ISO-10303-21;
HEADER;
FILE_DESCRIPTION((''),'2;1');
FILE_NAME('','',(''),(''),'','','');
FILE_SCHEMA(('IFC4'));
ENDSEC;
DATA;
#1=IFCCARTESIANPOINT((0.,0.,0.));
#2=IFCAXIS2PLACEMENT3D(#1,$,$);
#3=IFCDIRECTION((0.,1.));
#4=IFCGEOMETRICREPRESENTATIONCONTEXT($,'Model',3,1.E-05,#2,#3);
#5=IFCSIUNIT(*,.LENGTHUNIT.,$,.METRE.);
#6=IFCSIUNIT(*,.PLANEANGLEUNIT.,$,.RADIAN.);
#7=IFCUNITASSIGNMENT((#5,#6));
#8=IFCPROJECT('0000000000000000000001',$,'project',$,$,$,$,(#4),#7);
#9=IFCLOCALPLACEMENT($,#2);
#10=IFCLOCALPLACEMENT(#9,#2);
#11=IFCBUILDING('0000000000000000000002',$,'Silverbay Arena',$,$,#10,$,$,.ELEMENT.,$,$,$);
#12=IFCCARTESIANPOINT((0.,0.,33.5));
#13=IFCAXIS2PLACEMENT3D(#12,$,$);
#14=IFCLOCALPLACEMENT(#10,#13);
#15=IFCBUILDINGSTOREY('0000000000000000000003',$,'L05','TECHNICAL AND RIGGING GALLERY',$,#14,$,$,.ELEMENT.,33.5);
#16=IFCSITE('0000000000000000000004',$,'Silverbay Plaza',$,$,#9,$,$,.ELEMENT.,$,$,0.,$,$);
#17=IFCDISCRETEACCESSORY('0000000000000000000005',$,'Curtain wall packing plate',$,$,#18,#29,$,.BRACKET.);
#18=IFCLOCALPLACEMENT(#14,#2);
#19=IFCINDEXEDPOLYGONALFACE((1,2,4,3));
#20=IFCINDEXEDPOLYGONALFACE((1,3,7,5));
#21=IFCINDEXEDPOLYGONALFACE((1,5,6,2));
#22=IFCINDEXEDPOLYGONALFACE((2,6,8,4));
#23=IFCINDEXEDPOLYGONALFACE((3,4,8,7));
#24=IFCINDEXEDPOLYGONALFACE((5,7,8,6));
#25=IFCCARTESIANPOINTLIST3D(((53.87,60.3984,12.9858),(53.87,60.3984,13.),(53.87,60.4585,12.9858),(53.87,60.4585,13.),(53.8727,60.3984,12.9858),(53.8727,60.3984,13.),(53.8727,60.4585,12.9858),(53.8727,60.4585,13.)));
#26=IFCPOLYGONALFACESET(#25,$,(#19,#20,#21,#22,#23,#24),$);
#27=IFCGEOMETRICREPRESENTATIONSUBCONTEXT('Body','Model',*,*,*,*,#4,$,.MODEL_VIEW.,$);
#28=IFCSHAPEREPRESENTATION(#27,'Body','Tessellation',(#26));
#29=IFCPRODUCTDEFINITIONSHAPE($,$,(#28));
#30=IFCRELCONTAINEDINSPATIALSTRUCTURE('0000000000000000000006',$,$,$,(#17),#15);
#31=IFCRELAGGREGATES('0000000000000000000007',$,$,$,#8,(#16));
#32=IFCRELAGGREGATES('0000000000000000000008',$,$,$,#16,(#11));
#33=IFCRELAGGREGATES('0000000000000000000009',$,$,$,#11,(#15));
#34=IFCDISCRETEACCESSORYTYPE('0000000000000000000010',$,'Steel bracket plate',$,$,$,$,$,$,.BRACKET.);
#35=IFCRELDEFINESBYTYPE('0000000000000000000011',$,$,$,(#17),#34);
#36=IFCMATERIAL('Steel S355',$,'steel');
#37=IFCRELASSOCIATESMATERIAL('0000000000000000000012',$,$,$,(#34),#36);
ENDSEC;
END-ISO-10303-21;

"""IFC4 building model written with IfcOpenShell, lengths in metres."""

from ifc_helpers import new_model, si_unit, direction, frame, origin, origin_2d, place, context, subcontext, project, spatial, rectangle, extrude, material, type_object, element, save


model = new_model("IFC4")

# Units and contexts
model_context = context("Model", 3, precision=1e-05, world=origin(), true_north=direction((0.0, 1.0)))
body_context = subcontext(model_context, "Body", "Model", "MODEL_VIEW")
ifc_project = project(units=[si_unit("LENGTHUNIT", "METRE"), si_unit("PLANEANGLEUNIT", "RADIAN")], contexts=[model_context])

# Site, building, storey
site_placement = place(None, origin())
site = spatial("IfcSite", under=ifc_project, at=site_placement, Name="Silverbay Plaza", CompositionType="ELEMENT", RefElevation=0.0)
building_placement = place(site_placement, origin())
building = spatial("IfcBuilding", under=site, at=building_placement, Name="Silverbay Arena", CompositionType="ELEMENT")
storey_placement = place(building_placement, frame((0.0, 0.0, 33.5)))
storey = spatial("IfcBuildingStorey", under=building, at=storey_placement, Name="L05", Description="TECHNICAL AND RIGGING GALLERY", CompositionType="ELEMENT", Elevation=33.5)

# Discrete accessory
ifc_material_1 = material(Name="Steel S355", Category="steel")
discrete_accessory_type = type_object("IfcDiscreteAccessoryType", Name="Steel bracket plate", PredefinedType="BRACKET", material=ifc_material_1)
for number, where, z_axis, x_axis, name in (
    (1, (53.8713, 60.4285, 12.9858), (0.0, 0.0, 1.0), (1.0, 0.0, 0.0), "Curtain wall packing plate"),
):
    element("IfcDiscreteAccessory", number, at=place(storey_placement, frame(where, z_axis=z_axis, x_axis=x_axis)), inside=storey, type_object=discrete_accessory_type, Name=name, PredefinedType="BRACKET", context=body_context, shape_type="SweptSolid", body=[
        extrude(rectangle(XDim=0.0027, YDim=0.0601, at=origin_2d()), origin(), (0.0, 0.0, 1.0), 0.0142),
    ])

save(model, "model.ifc")
